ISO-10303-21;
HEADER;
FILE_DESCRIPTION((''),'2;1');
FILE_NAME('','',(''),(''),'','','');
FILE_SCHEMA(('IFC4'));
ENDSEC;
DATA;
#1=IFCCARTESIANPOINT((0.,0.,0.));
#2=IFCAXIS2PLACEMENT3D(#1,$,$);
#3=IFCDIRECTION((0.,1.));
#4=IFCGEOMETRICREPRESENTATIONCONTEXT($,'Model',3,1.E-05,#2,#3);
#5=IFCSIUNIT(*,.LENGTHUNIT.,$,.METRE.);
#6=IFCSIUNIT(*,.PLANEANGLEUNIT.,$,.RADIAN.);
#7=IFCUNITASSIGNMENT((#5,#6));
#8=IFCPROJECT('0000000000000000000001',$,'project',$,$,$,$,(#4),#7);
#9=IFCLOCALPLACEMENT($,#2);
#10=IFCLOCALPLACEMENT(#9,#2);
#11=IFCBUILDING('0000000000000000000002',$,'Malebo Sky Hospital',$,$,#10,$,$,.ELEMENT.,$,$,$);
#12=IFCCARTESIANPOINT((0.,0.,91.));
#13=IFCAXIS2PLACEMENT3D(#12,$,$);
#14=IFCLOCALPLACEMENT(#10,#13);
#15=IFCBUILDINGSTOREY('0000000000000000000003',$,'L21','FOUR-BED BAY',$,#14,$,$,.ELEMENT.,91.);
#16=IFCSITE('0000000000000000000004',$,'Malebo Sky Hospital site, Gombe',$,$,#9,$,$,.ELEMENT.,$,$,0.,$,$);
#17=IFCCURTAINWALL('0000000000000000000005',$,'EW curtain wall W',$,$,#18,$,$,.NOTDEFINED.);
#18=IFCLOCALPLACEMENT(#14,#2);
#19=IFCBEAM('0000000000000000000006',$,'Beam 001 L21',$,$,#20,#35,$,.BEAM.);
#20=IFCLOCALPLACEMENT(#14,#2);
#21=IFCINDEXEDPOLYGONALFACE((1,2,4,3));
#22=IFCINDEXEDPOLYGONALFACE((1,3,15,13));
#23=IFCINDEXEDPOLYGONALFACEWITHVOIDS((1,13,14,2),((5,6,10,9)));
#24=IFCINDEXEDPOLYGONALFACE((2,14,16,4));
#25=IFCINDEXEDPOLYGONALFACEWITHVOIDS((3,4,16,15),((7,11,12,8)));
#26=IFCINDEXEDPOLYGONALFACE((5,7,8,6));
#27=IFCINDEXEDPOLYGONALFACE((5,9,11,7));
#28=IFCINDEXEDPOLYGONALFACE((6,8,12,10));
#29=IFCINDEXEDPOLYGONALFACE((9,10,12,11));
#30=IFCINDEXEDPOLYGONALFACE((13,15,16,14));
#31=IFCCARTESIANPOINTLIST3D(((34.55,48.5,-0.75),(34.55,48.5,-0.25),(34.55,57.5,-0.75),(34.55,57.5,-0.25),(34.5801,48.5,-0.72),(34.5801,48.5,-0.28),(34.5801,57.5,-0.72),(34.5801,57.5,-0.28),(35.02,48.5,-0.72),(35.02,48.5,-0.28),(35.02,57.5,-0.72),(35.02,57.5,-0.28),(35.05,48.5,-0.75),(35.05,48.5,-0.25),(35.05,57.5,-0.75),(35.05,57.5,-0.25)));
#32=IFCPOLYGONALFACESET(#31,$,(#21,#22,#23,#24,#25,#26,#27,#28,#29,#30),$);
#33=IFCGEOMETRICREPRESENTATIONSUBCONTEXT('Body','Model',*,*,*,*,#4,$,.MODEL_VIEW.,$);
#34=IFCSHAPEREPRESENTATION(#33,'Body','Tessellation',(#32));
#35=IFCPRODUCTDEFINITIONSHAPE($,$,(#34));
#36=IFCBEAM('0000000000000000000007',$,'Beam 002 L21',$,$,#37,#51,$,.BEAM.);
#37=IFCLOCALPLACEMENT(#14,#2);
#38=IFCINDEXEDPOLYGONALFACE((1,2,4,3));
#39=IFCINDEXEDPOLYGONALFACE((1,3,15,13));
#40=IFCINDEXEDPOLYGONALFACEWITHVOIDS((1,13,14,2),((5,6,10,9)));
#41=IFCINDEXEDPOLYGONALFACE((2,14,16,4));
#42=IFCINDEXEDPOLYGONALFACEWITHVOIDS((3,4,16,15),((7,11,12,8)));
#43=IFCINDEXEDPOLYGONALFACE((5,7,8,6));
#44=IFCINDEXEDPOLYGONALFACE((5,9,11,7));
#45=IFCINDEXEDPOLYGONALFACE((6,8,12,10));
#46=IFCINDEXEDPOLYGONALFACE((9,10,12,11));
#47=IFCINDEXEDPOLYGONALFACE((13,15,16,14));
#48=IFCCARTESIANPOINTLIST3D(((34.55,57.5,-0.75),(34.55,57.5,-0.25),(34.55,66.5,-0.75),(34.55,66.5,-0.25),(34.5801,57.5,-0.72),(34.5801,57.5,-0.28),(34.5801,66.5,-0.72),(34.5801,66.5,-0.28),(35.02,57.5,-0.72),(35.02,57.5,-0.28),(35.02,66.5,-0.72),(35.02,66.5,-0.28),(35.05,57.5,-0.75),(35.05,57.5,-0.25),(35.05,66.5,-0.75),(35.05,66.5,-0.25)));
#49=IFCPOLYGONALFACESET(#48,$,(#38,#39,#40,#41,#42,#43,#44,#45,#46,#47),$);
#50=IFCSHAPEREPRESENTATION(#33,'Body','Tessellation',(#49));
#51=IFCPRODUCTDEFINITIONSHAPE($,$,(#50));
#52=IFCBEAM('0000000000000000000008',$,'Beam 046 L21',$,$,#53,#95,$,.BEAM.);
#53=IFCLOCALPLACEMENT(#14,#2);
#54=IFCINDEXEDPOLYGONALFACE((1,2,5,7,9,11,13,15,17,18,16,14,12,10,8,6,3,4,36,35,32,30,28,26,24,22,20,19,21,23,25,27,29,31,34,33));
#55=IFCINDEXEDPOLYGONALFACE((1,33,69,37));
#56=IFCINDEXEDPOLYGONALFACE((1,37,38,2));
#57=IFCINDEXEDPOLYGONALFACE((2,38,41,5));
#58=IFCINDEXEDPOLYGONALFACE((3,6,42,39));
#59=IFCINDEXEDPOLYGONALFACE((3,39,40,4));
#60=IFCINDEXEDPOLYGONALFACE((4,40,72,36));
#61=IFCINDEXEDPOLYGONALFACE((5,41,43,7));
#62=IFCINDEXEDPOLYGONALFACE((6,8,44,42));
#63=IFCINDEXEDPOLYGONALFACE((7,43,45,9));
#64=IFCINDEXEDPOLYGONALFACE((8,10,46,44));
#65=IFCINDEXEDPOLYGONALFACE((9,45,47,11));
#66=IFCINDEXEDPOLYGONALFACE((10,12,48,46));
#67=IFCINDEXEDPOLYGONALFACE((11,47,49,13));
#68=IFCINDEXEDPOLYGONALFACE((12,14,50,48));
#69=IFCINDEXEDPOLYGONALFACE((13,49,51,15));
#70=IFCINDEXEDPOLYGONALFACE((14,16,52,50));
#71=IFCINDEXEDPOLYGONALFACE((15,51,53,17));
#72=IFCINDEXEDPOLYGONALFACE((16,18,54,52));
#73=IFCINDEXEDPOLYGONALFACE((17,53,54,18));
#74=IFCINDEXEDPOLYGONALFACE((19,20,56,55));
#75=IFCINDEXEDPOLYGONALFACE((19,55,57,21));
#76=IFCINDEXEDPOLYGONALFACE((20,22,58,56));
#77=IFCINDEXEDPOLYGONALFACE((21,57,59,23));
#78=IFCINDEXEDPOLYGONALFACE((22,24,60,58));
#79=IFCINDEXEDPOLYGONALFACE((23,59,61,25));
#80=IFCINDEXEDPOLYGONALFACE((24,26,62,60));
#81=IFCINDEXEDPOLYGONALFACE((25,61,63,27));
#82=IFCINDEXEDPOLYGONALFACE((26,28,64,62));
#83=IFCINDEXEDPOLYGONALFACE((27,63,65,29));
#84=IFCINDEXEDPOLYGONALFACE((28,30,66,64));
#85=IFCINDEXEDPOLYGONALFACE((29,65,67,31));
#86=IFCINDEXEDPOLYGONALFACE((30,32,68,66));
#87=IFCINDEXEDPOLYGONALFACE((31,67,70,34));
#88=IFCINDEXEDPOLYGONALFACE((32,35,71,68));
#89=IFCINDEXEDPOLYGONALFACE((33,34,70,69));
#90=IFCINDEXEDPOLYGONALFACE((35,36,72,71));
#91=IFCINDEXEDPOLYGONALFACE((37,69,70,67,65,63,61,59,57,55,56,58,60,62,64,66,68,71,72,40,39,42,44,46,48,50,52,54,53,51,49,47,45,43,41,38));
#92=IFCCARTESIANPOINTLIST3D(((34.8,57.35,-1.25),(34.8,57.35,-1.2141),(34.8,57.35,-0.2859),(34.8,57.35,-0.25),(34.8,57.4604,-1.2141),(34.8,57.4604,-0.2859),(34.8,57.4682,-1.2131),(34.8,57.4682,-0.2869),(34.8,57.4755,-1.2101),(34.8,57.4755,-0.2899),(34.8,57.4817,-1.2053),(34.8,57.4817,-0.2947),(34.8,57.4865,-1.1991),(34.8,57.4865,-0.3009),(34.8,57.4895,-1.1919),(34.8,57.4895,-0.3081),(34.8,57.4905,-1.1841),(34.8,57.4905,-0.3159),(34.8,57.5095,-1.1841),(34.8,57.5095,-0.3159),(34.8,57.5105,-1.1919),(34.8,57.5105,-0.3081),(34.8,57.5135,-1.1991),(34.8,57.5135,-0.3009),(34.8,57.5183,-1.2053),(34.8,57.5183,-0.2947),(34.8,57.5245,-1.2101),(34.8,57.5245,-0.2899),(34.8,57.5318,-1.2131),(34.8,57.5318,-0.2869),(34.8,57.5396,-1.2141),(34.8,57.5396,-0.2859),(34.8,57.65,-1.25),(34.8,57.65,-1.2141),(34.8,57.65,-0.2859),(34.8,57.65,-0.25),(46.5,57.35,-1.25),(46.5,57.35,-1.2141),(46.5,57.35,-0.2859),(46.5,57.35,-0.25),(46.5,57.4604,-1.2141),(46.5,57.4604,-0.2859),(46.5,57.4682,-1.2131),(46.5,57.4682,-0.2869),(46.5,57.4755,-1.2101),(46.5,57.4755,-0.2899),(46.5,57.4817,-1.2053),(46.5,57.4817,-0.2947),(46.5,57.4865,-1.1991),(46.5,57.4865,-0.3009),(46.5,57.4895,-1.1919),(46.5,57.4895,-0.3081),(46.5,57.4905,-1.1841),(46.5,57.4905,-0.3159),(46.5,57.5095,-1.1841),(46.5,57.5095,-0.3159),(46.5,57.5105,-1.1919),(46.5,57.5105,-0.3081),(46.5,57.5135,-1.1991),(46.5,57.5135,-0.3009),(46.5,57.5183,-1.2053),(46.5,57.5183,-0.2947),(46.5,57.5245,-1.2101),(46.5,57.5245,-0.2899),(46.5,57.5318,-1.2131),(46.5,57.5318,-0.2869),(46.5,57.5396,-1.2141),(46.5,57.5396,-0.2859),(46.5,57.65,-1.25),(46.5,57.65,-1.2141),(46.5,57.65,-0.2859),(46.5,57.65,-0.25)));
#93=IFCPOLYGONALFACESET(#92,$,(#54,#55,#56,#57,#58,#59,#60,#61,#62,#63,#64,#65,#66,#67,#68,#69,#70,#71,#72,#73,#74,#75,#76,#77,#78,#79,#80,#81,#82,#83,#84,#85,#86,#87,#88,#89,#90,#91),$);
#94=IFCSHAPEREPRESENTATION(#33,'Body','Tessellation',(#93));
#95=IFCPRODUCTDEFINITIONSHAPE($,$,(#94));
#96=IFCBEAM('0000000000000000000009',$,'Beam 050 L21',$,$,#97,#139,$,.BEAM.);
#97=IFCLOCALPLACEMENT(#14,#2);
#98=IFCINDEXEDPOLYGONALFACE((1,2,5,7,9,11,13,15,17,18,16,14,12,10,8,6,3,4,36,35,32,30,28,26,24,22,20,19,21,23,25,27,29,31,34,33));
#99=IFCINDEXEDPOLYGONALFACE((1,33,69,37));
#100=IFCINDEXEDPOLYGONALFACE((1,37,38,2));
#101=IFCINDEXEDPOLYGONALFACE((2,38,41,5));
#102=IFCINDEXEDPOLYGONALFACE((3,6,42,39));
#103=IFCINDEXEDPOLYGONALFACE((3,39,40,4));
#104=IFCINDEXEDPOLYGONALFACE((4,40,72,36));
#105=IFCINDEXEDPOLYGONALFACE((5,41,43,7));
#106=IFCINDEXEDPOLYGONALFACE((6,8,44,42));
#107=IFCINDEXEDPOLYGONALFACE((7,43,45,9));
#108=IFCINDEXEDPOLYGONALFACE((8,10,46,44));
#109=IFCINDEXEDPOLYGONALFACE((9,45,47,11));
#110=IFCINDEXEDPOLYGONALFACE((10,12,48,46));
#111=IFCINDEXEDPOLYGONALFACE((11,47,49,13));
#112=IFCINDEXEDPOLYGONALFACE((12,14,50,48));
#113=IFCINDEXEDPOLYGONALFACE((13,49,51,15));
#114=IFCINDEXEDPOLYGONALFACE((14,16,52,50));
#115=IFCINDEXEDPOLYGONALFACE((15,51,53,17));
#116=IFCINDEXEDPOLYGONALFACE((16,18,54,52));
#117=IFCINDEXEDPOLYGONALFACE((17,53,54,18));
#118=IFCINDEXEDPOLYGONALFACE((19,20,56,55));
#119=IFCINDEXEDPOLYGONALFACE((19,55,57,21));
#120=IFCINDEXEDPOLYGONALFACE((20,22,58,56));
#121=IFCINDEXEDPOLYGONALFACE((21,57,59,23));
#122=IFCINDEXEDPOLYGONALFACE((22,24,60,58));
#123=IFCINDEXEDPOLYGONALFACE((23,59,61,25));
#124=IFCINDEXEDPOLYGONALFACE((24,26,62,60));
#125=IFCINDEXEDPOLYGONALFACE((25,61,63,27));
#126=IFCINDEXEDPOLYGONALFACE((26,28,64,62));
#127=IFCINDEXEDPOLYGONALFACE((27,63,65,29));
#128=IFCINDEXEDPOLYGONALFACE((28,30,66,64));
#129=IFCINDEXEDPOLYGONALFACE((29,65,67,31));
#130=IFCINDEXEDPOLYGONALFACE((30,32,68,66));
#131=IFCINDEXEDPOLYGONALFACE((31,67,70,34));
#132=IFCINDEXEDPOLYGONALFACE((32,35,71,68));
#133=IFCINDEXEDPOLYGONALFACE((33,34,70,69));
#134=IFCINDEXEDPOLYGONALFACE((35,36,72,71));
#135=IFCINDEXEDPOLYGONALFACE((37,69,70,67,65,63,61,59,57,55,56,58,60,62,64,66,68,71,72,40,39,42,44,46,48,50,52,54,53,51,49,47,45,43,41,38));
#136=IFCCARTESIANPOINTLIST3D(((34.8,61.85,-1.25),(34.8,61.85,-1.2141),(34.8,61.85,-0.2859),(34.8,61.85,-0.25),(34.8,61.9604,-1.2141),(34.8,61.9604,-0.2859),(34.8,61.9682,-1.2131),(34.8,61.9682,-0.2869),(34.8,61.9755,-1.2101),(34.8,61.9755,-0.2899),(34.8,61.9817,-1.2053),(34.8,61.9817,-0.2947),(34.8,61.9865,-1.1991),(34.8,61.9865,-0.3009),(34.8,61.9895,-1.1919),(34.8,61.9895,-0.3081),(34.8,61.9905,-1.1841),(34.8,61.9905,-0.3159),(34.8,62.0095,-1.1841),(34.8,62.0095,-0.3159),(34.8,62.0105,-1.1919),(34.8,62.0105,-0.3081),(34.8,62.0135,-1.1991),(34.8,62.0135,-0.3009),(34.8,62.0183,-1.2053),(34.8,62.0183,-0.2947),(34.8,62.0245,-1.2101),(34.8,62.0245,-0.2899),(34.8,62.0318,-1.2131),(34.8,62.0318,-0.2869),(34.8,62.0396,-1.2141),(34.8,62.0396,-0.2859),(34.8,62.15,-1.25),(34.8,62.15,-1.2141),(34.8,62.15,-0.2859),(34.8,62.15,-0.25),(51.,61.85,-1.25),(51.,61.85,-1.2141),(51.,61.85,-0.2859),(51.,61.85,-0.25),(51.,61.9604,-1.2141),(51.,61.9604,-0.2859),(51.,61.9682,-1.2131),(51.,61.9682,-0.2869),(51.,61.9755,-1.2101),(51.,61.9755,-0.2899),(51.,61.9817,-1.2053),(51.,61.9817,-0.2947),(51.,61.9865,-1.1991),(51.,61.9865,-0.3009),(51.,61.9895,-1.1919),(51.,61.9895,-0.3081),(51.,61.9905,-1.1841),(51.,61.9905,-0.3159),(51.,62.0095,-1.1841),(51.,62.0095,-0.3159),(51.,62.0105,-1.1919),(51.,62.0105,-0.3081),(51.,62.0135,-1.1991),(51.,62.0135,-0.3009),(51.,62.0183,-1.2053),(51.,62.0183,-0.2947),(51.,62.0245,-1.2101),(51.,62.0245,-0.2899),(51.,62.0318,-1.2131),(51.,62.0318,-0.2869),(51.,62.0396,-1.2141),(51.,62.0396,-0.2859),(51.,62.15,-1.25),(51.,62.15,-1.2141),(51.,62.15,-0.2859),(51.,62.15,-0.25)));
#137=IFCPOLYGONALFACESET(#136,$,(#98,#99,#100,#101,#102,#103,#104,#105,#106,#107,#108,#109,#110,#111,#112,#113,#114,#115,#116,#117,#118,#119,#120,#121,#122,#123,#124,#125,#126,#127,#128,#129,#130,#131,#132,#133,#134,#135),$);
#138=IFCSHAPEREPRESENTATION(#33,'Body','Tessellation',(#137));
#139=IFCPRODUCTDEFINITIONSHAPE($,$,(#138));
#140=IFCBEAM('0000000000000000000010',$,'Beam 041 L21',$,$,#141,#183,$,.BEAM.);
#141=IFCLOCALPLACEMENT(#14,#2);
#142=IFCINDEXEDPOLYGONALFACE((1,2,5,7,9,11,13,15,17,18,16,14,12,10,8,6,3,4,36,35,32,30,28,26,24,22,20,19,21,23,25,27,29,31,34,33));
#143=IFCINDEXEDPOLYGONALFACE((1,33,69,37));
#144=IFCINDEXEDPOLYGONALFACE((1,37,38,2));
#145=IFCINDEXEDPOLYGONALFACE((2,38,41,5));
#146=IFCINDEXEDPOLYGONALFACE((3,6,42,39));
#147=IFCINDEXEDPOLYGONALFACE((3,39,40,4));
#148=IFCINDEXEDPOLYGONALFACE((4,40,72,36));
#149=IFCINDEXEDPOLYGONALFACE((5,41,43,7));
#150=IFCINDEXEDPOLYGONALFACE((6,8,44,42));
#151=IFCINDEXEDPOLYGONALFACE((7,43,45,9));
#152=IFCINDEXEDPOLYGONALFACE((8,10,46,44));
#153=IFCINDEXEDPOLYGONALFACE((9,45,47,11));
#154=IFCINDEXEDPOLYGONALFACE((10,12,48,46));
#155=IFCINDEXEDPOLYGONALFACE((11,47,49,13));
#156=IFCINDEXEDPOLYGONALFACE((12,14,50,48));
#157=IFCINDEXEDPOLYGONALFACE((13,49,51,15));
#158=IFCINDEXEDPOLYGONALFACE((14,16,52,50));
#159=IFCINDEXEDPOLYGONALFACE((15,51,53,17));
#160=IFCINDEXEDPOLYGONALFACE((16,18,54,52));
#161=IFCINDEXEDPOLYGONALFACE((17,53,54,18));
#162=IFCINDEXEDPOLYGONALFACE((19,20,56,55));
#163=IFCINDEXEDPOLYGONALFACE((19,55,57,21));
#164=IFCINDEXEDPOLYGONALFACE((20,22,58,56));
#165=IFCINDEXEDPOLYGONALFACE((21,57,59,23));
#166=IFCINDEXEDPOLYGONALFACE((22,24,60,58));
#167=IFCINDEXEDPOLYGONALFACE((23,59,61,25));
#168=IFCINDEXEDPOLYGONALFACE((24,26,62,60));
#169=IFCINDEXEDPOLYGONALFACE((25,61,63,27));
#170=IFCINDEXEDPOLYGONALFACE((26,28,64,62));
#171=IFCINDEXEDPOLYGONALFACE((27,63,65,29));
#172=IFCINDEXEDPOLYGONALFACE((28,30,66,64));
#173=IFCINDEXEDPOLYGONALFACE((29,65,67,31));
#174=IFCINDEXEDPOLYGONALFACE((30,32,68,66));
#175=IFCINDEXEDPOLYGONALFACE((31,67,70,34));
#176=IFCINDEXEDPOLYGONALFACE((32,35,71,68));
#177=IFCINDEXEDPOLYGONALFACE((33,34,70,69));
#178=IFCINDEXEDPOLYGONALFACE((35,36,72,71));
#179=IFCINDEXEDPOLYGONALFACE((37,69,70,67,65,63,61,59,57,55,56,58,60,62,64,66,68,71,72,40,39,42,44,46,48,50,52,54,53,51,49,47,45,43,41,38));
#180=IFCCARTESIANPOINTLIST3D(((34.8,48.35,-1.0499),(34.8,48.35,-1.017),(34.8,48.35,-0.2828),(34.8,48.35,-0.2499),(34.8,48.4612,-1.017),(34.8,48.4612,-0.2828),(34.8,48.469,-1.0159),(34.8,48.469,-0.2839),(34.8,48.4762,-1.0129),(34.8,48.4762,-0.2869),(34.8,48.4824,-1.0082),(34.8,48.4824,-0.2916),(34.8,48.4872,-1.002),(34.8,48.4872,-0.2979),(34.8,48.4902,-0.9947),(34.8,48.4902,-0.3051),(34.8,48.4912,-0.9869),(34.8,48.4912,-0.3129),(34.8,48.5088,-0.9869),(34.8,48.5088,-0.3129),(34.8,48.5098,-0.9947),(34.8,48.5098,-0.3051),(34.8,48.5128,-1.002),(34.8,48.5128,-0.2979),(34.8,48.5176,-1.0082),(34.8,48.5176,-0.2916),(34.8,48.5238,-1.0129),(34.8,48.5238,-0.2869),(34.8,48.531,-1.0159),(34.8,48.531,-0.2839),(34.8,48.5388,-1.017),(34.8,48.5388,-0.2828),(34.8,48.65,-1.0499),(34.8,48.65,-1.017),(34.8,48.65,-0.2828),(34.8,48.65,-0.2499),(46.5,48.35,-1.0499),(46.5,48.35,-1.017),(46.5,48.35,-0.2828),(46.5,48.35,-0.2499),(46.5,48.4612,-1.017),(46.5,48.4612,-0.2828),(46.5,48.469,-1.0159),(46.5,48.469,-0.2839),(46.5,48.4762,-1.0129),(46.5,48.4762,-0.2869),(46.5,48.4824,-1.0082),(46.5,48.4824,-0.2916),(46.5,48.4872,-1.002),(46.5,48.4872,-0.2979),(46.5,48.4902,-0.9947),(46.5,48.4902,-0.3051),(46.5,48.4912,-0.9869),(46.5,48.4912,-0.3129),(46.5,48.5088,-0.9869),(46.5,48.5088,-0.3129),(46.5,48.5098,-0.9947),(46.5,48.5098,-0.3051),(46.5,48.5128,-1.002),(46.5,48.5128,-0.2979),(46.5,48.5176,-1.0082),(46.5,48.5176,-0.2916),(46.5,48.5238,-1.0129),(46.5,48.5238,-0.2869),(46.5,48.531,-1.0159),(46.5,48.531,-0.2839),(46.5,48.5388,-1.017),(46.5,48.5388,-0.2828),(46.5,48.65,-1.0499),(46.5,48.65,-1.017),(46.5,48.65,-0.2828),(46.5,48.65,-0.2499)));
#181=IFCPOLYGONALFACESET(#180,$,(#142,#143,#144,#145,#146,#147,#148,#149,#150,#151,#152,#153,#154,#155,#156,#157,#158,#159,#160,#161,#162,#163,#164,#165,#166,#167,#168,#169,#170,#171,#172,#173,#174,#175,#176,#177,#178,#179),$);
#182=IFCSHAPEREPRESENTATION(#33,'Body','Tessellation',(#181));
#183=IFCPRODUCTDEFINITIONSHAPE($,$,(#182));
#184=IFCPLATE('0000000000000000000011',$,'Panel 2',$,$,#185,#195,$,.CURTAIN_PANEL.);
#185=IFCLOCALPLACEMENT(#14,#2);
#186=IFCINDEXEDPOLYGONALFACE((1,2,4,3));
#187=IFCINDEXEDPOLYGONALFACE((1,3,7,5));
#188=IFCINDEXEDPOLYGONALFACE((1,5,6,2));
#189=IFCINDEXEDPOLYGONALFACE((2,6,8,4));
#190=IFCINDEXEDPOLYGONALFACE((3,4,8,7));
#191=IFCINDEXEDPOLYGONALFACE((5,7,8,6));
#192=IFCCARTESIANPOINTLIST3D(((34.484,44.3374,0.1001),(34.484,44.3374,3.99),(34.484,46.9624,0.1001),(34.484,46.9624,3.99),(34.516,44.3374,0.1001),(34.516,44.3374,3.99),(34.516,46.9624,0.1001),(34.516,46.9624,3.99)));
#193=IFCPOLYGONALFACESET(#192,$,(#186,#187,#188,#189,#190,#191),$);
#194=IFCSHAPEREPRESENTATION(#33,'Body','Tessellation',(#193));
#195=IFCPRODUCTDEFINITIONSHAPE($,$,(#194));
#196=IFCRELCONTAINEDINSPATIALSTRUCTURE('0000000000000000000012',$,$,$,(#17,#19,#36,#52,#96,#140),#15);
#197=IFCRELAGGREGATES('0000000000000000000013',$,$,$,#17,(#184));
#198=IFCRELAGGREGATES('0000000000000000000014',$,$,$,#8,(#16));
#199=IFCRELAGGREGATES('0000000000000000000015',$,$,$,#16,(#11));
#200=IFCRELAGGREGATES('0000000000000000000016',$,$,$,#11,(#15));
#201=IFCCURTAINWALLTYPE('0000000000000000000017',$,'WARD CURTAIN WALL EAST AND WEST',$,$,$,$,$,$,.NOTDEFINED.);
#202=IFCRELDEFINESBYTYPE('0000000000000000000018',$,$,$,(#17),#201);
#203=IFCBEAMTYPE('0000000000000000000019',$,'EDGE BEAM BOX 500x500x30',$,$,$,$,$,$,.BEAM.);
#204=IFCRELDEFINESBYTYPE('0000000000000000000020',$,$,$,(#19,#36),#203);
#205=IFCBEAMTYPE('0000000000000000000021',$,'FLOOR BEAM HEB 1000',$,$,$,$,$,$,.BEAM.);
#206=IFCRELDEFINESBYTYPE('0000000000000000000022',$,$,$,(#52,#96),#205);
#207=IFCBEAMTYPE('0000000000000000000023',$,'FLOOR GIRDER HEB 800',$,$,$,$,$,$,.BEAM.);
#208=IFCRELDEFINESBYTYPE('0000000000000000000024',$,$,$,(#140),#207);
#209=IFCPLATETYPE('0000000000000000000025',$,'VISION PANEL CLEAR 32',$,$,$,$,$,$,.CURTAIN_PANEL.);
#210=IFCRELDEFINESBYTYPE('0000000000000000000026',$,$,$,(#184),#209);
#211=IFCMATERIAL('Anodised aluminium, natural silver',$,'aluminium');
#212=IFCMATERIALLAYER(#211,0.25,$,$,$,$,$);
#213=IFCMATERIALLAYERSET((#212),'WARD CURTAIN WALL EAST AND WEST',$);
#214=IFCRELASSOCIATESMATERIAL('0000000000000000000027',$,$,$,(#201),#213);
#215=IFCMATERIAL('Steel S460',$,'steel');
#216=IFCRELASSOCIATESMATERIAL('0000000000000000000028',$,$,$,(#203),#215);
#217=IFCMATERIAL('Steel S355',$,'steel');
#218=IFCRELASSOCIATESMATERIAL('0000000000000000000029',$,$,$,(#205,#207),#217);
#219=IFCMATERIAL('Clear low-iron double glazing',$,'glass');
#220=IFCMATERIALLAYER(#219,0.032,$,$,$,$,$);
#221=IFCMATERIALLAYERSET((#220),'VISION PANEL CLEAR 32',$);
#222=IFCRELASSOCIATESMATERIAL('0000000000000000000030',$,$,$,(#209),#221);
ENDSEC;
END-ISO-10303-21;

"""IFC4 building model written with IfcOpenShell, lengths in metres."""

from ifc_helpers import new_model, si_unit, direction, frame, origin, origin_2d, place, context, subcontext, project, spatial, rectangle, hollow_rectangle, i_section, extrude, material, layer, layer_set, material_profile, profile_set, type_object, element, aggregate, save


model = new_model("IFC4")

# Units and contexts
model_context = context("Model", 3, precision=1e-05, world=origin(), true_north=direction((0.0, 1.0)))
body_context = subcontext(model_context, "Body", "Model", "MODEL_VIEW")
ifc_project = project(units=[si_unit("LENGTHUNIT", "METRE"), si_unit("PLANEANGLEUNIT", "RADIAN")], contexts=[model_context])

# Site, building, storey
site_placement = place(None, origin())
site = spatial("IfcSite", under=ifc_project, at=site_placement, Name="Malebo Sky Hospital site, Gombe", CompositionType="ELEMENT", RefElevation=0.0)
building_placement = place(site_placement, origin())
building = spatial("IfcBuilding", under=site, at=building_placement, Name="Malebo Sky Hospital", CompositionType="ELEMENT")
storey_placement = place(building_placement, frame((0.0, 0.0, 91.0)))
storey = spatial("IfcBuildingStorey", under=building, at=storey_placement, Name="L21", Description="FOUR-BED BAY", CompositionType="ELEMENT", Elevation=91.0)

# Shared definitions
ifc_material_1 = material(Name="Steel S460", Category="steel")

# Curtain wall
ifc_material_2 = material(Name="Anodised aluminium, natural silver", Category="aluminium")
ifc_layer_1 = layer(ifc_material_2, 0.25)
ifc_layer_set_1 = layer_set([ifc_layer_1], Name="WARD CURTAIN WALL EAST AND WEST")
curtain_wall_type = type_object("IfcCurtainWallType", Name="WARD CURTAIN WALL EAST AND WEST", PredefinedType="NOTDEFINED", material=ifc_layer_set_1)
curtain_wall_placement = place(storey_placement, origin())
curtain_wall = element("IfcCurtainWall", 1, at=curtain_wall_placement, inside=storey, type_object=curtain_wall_type, Name="EW curtain wall W", PredefinedType="NOTDEFINED")

# Beams
ifc_material_profile_1 = material_profile(ifc_material_1, hollow_rectangle(XDim=0.5, YDim=0.5, WallThickness=0.03, at=origin_2d()), Name="BOX 500x500x30")
ifc_profile_set_1 = profile_set([ifc_material_profile_1], Name="Steel S460")
beam_type_1 = type_object("IfcBeamType", Name="EDGE BEAM BOX 500x500x30", PredefinedType="BEAM", material=ifc_profile_set_1)
for number, where, z_axis, x_axis, name in (
    (2, (34.8, 48.5, -0.5), (0.0, 1.0, 0.0), (-1.0, 0.0, 0.0), "Beam 001 L21"),
    (3, (34.8, 57.5, -0.5), (0.0, 1.0, 0.0), (-1.0, 0.0, 0.0), "Beam 002 L21"),
):
    element("IfcBeam", number, at=place(storey_placement, frame(where, z_axis=z_axis, x_axis=x_axis)), inside=storey, type_object=beam_type_1, Name=name, PredefinedType="BEAM", context=body_context, shape_type="SweptSolid", body=[
        extrude(hollow_rectangle(XDim=0.5, YDim=0.5, WallThickness=0.03, at=origin_2d()), origin(), (0.0, 0.0, 1.0), 9.0),
    ])
ifc_material_3 = material(Name="Steel S355", Category="steel")
ifc_material_profile_2 = material_profile(ifc_material_3, i_section(OverallWidth=0.3, OverallDepth=1.0, WebThickness=0.019, FlangeThickness=0.0359, FilletRadius=0.03, at=origin_2d()), Name="HEB 1000")
ifc_profile_set_2 = profile_set([ifc_material_profile_2], Name="Steel S355")
beam_type_2 = type_object("IfcBeamType", Name="FLOOR BEAM HEB 1000", PredefinedType="BEAM", material=ifc_profile_set_2)
beam_1_placement = place(storey_placement, frame((34.8, 57.5, -0.75), z_axis=(1.0, 0.0, 0.0), x_axis=(0.0, 1.0, 0.0)))
element("IfcBeam", 4, at=beam_1_placement, inside=storey, type_object=beam_type_2, Name="Beam 046 L21", PredefinedType="BEAM", context=body_context, shape_type="SweptSolid", body=[
    extrude(i_section(OverallWidth=0.3, OverallDepth=1.0, WebThickness=0.019, FlangeThickness=0.0359, FilletRadius=0.03, at=origin_2d()), origin(), (0.0, 0.0, 1.0), 11.7),
])
beam_2_placement = place(storey_placement, frame((34.8, 62.0, -0.75), z_axis=(1.0, 0.0, 0.0), x_axis=(0.0, 1.0, 0.0)))
element("IfcBeam", 5, at=beam_2_placement, inside=storey, type_object=beam_type_2, Name="Beam 050 L21", PredefinedType="BEAM", context=body_context, shape_type="SweptSolid", body=[
    extrude(i_section(OverallWidth=0.3, OverallDepth=1.0, WebThickness=0.019, FlangeThickness=0.0359, FilletRadius=0.03, at=origin_2d()), origin(), (0.0, 0.0, 1.0), 16.2),
])
ifc_material_profile_3 = material_profile(ifc_material_3, i_section(OverallWidth=0.3, OverallDepth=0.8, WebThickness=0.0176, FlangeThickness=0.033, FilletRadius=0.03, at=origin_2d()), Name="HEB 800")
ifc_profile_set_3 = profile_set([ifc_material_profile_3], Name="Steel S355")
beam_type_3 = type_object("IfcBeamType", Name="FLOOR GIRDER HEB 800", PredefinedType="BEAM", material=ifc_profile_set_3)
beam_3_placement = place(storey_placement, frame((34.8, 48.5, -0.6499), z_axis=(1.0, 0.0, 0.0), x_axis=(0.0, 1.0, 0.0)))
element("IfcBeam", 6, at=beam_3_placement, inside=storey, type_object=beam_type_3, Name="Beam 041 L21", PredefinedType="BEAM", context=body_context, shape_type="SweptSolid", body=[
    extrude(i_section(OverallWidth=0.3, OverallDepth=0.8, WebThickness=0.0176, FlangeThickness=0.033, FilletRadius=0.03, at=origin_2d()), origin(), (0.0, 0.0, 1.0), 11.7),
])

# Plate
ifc_material_4 = material(Name="Clear low-iron double glazing", Category="glass")
ifc_layer_2 = layer(ifc_material_4, 0.032)
ifc_layer_set_2 = layer_set([ifc_layer_2], Name="VISION PANEL CLEAR 32")
plate_type = type_object("IfcPlateType", Name="VISION PANEL CLEAR 32", PredefinedType="CURTAIN_PANEL", material=ifc_layer_set_2)
plate_1_placement = place(storey_placement, frame((34.5, 45.6499, 0.1001), z_axis=(0.0, 0.0, 1.0), x_axis=(0.0, 1.0, 0.0)))
plate_1 = element("IfcPlate", 7, at=plate_1_placement, type_object=plate_type, Name="Panel 2", PredefinedType="CURTAIN_PANEL", context=body_context, shape_type="SweptSolid", body=[
    extrude(rectangle(XDim=2.625, YDim=0.032, at=origin_2d()), origin(), (0.0, 0.0, 1.0), 3.8899),
])
aggregate(curtain_wall, [plate_1])

save(model, "model.ifc")
